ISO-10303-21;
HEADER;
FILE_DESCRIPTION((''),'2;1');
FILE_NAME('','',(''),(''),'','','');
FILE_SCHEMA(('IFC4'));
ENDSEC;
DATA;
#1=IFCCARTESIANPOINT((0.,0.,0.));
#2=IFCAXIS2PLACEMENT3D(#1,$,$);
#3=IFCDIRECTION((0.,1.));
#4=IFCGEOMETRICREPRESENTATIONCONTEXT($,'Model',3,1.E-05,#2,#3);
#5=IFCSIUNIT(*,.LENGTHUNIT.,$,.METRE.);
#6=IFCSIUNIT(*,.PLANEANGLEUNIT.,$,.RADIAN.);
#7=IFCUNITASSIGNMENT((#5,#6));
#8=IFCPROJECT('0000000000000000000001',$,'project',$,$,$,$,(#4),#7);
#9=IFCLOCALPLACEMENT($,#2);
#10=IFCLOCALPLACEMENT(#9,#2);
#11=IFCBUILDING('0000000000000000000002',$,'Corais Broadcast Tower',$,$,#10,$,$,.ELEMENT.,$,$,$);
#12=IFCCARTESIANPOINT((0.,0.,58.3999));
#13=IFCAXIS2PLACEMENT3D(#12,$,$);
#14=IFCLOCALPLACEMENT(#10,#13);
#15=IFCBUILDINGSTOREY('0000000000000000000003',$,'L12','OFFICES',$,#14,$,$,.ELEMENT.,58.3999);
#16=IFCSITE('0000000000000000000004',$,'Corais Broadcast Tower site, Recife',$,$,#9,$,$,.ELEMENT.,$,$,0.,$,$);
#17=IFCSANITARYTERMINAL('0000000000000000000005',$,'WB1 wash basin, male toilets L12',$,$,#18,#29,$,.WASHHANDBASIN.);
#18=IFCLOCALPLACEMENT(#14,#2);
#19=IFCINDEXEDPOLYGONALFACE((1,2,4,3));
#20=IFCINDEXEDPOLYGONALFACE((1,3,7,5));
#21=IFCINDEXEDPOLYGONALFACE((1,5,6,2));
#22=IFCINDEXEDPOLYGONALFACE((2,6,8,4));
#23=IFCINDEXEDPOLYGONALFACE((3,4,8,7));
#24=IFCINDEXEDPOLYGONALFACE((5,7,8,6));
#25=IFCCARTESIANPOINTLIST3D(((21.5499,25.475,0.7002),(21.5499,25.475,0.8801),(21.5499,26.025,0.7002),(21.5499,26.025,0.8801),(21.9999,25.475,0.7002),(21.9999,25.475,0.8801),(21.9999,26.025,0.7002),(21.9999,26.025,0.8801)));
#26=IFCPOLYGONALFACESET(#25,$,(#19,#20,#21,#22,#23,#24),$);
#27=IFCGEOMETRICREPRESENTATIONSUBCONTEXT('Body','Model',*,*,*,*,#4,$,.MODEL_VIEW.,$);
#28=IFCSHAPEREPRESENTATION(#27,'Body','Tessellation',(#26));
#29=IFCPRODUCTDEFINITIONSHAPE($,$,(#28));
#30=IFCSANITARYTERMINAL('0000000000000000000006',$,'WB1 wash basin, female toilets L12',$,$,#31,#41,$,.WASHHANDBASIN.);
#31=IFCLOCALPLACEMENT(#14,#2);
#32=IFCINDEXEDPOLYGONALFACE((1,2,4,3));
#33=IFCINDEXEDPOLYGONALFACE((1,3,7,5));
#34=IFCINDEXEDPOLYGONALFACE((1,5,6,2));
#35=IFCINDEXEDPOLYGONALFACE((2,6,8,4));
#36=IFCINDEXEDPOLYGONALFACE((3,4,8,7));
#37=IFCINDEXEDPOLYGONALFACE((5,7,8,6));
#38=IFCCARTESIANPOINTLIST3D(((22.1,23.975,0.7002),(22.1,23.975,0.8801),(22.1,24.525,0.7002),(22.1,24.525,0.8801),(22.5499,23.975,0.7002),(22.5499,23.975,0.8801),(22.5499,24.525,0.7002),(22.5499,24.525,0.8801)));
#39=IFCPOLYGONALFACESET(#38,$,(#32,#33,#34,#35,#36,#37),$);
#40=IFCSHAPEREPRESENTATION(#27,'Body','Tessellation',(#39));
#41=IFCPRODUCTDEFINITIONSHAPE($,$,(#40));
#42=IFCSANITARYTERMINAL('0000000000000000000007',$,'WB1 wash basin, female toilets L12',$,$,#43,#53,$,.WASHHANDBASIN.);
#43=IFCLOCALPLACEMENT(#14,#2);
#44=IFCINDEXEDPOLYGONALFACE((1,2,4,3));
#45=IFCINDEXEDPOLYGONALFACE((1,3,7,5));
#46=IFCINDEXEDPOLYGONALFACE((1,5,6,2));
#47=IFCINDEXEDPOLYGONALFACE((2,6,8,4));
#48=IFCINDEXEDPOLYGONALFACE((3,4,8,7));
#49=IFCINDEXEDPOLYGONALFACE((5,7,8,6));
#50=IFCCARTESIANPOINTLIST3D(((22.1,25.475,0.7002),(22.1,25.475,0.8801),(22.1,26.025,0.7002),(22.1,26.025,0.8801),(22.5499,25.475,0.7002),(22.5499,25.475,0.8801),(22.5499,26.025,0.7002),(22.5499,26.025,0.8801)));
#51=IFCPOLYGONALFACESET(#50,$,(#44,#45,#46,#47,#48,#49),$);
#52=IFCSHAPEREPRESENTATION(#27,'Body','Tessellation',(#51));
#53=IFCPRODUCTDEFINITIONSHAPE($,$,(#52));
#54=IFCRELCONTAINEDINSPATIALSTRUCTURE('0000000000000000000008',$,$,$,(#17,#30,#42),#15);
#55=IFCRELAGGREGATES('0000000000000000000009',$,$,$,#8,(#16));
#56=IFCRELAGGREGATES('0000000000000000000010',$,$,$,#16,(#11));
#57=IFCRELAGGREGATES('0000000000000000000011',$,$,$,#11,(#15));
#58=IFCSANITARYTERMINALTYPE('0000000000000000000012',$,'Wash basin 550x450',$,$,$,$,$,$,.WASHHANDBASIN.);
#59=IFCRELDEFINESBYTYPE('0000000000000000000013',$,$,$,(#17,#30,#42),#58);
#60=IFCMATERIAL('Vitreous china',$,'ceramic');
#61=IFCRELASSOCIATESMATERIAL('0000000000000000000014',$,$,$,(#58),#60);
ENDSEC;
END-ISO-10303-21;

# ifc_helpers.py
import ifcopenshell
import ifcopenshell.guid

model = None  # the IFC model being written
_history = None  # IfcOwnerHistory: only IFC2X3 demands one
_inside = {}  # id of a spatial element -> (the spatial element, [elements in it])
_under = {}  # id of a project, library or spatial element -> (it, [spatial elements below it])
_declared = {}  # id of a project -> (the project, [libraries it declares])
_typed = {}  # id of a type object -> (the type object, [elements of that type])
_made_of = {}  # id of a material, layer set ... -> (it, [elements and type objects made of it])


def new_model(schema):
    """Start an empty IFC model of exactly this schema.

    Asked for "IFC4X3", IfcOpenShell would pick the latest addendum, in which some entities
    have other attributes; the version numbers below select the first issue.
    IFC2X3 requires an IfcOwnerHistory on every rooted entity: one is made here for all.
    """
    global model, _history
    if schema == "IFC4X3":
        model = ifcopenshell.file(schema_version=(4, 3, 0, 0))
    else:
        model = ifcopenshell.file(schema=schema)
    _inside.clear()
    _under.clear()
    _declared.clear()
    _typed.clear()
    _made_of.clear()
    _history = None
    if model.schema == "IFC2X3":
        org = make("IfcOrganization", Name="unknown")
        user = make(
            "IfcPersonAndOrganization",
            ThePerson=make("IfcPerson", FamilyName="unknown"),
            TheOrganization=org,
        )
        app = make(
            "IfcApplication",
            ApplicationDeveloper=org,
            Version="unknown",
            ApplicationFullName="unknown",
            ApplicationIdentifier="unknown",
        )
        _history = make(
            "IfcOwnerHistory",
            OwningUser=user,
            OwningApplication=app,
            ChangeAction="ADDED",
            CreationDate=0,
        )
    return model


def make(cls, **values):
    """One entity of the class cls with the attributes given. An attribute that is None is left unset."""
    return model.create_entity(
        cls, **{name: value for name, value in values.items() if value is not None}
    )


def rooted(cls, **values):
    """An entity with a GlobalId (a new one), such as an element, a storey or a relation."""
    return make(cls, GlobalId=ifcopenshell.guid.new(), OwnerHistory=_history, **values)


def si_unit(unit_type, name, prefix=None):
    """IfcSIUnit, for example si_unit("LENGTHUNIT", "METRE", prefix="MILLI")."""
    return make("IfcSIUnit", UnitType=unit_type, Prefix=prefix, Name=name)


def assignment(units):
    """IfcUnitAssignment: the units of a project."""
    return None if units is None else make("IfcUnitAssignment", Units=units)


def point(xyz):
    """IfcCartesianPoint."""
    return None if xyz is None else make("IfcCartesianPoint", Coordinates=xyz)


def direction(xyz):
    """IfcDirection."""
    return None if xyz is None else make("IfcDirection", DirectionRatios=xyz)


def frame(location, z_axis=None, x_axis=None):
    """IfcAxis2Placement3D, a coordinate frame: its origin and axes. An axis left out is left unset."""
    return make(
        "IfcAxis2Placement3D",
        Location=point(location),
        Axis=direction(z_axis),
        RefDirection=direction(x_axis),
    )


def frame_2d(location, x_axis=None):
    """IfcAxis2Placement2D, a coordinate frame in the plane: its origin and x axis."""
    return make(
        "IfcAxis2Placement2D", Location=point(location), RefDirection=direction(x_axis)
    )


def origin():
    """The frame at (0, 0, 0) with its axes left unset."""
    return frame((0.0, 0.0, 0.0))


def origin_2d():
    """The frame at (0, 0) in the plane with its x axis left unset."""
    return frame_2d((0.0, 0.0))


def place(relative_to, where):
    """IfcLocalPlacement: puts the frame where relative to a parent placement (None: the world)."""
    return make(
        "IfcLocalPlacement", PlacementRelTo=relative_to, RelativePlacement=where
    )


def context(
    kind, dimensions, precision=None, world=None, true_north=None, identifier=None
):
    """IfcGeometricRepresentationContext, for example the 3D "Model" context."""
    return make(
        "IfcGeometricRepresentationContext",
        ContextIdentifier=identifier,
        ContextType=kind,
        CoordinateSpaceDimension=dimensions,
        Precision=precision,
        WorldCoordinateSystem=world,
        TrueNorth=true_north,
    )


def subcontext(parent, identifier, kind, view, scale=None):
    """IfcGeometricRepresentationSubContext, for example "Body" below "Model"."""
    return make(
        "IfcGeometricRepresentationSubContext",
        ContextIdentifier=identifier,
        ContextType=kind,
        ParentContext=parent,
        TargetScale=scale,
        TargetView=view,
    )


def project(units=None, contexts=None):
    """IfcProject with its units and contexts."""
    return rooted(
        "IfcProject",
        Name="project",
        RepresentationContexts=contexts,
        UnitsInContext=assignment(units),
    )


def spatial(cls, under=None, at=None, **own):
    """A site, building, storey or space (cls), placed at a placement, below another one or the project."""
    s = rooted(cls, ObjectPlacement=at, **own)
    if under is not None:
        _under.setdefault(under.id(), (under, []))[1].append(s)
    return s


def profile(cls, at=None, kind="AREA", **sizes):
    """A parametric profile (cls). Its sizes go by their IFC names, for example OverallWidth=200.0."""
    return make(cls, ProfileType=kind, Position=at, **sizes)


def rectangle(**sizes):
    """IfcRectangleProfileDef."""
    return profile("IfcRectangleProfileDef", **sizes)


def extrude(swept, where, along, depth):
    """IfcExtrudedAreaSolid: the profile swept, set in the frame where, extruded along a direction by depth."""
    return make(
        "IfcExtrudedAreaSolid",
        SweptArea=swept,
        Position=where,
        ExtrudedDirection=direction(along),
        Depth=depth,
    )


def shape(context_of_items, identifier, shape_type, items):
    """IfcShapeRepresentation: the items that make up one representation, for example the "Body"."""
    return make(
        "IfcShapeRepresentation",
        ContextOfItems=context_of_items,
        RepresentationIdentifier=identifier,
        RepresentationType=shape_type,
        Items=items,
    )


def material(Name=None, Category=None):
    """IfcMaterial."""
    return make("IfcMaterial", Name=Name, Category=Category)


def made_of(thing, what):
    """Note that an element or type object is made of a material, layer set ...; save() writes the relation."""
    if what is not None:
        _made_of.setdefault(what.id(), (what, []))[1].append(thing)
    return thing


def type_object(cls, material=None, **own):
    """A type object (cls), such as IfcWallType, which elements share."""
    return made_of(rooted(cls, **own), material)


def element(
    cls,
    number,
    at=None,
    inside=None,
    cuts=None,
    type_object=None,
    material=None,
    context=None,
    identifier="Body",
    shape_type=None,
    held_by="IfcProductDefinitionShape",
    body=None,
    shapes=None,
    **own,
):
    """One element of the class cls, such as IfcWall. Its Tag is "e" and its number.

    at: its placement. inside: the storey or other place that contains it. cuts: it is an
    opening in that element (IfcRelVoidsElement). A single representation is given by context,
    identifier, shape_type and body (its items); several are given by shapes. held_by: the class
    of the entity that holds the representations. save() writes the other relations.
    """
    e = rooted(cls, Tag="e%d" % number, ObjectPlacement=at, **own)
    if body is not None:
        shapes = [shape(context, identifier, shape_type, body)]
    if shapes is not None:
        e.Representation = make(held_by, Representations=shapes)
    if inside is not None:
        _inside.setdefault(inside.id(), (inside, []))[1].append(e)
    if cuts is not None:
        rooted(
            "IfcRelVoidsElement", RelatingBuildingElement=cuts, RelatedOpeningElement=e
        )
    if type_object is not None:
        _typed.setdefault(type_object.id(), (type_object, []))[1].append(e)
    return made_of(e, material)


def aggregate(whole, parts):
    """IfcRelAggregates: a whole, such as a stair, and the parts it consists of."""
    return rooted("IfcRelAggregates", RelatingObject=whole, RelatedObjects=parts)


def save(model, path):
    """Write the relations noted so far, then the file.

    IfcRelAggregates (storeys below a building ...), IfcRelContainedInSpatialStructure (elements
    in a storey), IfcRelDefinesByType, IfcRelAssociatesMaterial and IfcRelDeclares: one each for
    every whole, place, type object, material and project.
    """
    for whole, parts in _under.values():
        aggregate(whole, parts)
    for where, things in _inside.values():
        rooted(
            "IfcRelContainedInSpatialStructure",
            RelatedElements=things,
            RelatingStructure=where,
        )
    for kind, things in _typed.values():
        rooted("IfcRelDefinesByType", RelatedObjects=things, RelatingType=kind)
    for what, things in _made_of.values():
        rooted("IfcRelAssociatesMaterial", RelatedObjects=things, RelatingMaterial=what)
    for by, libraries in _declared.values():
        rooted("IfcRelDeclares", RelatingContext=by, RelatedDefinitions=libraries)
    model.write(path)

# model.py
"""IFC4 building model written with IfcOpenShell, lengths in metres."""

from ifc_helpers import new_model, si_unit, direction, frame, origin, origin_2d, place, context, subcontext, project, spatial, rectangle, extrude, material, type_object, element, save


model = new_model("IFC4")

# Units and contexts
model_context = context("Model", 3, precision=1e-05, world=origin(), true_north=direction((0.0, 1.0)))
body_context = subcontext(model_context, "Body", "Model", "MODEL_VIEW")
ifc_project = project(units=[si_unit("LENGTHUNIT", "METRE"), si_unit("PLANEANGLEUNIT", "RADIAN")], contexts=[model_context])

# Site, building, storey
site_placement = place(None, origin())
site = spatial("IfcSite", under=ifc_project, at=site_placement, Name="Corais Broadcast Tower site, Recife", CompositionType="ELEMENT", RefElevation=0.0)
building_placement = place(site_placement, origin())
building = spatial("IfcBuilding", under=site, at=building_placement, Name="Corais Broadcast Tower", CompositionType="ELEMENT")
storey_placement = place(building_placement, frame((0.0, 0.0, 58.3999)))
storey = spatial("IfcBuildingStorey", under=building, at=storey_placement, Name="L12", Description="OFFICES", CompositionType="ELEMENT", Elevation=58.3999)

# Sanitary terminals
ifc_material_1 = material(Name="Vitreous china", Category="ceramic")
sanitary_terminal_type_1 = type_object("IfcSanitaryTerminalType", Name="Wash basin 550x450", PredefinedType="WASHHANDBASIN", material=ifc_material_1)
for number, where, z_axis, x_axis, name in (
    (1, (21.7749, 25.75, 0.7002), (0.0, 0.0, 1.0), (1.0, 0.0, 0.0), "WB1 wash basin, male toilets L12"),
    (2, (22.325, 24.25, 0.7002), (0.0, 0.0, 1.0), (1.0, 0.0, 0.0), "WB1 wash basin, female toilets L12"),
    (3, (22.325, 25.75, 0.7002), (0.0, 0.0, 1.0), (1.0, 0.0, 0.0), "WB1 wash basin, female toilets L12"),
):
    element("IfcSanitaryTerminal", number, at=place(storey_placement, frame(where, z_axis=z_axis, x_axis=x_axis)), inside=storey, type_object=sanitary_terminal_type_1, Name=name, PredefinedType="WASHHANDBASIN", context=body_context, shape_type="SweptSolid", body=[
        extrude(rectangle(XDim=0.45, YDim=0.55, at=origin_2d()), origin(), (0.0, 0.0, 1.0), 0.1799),
    ])

save(model, "model.ifc")
